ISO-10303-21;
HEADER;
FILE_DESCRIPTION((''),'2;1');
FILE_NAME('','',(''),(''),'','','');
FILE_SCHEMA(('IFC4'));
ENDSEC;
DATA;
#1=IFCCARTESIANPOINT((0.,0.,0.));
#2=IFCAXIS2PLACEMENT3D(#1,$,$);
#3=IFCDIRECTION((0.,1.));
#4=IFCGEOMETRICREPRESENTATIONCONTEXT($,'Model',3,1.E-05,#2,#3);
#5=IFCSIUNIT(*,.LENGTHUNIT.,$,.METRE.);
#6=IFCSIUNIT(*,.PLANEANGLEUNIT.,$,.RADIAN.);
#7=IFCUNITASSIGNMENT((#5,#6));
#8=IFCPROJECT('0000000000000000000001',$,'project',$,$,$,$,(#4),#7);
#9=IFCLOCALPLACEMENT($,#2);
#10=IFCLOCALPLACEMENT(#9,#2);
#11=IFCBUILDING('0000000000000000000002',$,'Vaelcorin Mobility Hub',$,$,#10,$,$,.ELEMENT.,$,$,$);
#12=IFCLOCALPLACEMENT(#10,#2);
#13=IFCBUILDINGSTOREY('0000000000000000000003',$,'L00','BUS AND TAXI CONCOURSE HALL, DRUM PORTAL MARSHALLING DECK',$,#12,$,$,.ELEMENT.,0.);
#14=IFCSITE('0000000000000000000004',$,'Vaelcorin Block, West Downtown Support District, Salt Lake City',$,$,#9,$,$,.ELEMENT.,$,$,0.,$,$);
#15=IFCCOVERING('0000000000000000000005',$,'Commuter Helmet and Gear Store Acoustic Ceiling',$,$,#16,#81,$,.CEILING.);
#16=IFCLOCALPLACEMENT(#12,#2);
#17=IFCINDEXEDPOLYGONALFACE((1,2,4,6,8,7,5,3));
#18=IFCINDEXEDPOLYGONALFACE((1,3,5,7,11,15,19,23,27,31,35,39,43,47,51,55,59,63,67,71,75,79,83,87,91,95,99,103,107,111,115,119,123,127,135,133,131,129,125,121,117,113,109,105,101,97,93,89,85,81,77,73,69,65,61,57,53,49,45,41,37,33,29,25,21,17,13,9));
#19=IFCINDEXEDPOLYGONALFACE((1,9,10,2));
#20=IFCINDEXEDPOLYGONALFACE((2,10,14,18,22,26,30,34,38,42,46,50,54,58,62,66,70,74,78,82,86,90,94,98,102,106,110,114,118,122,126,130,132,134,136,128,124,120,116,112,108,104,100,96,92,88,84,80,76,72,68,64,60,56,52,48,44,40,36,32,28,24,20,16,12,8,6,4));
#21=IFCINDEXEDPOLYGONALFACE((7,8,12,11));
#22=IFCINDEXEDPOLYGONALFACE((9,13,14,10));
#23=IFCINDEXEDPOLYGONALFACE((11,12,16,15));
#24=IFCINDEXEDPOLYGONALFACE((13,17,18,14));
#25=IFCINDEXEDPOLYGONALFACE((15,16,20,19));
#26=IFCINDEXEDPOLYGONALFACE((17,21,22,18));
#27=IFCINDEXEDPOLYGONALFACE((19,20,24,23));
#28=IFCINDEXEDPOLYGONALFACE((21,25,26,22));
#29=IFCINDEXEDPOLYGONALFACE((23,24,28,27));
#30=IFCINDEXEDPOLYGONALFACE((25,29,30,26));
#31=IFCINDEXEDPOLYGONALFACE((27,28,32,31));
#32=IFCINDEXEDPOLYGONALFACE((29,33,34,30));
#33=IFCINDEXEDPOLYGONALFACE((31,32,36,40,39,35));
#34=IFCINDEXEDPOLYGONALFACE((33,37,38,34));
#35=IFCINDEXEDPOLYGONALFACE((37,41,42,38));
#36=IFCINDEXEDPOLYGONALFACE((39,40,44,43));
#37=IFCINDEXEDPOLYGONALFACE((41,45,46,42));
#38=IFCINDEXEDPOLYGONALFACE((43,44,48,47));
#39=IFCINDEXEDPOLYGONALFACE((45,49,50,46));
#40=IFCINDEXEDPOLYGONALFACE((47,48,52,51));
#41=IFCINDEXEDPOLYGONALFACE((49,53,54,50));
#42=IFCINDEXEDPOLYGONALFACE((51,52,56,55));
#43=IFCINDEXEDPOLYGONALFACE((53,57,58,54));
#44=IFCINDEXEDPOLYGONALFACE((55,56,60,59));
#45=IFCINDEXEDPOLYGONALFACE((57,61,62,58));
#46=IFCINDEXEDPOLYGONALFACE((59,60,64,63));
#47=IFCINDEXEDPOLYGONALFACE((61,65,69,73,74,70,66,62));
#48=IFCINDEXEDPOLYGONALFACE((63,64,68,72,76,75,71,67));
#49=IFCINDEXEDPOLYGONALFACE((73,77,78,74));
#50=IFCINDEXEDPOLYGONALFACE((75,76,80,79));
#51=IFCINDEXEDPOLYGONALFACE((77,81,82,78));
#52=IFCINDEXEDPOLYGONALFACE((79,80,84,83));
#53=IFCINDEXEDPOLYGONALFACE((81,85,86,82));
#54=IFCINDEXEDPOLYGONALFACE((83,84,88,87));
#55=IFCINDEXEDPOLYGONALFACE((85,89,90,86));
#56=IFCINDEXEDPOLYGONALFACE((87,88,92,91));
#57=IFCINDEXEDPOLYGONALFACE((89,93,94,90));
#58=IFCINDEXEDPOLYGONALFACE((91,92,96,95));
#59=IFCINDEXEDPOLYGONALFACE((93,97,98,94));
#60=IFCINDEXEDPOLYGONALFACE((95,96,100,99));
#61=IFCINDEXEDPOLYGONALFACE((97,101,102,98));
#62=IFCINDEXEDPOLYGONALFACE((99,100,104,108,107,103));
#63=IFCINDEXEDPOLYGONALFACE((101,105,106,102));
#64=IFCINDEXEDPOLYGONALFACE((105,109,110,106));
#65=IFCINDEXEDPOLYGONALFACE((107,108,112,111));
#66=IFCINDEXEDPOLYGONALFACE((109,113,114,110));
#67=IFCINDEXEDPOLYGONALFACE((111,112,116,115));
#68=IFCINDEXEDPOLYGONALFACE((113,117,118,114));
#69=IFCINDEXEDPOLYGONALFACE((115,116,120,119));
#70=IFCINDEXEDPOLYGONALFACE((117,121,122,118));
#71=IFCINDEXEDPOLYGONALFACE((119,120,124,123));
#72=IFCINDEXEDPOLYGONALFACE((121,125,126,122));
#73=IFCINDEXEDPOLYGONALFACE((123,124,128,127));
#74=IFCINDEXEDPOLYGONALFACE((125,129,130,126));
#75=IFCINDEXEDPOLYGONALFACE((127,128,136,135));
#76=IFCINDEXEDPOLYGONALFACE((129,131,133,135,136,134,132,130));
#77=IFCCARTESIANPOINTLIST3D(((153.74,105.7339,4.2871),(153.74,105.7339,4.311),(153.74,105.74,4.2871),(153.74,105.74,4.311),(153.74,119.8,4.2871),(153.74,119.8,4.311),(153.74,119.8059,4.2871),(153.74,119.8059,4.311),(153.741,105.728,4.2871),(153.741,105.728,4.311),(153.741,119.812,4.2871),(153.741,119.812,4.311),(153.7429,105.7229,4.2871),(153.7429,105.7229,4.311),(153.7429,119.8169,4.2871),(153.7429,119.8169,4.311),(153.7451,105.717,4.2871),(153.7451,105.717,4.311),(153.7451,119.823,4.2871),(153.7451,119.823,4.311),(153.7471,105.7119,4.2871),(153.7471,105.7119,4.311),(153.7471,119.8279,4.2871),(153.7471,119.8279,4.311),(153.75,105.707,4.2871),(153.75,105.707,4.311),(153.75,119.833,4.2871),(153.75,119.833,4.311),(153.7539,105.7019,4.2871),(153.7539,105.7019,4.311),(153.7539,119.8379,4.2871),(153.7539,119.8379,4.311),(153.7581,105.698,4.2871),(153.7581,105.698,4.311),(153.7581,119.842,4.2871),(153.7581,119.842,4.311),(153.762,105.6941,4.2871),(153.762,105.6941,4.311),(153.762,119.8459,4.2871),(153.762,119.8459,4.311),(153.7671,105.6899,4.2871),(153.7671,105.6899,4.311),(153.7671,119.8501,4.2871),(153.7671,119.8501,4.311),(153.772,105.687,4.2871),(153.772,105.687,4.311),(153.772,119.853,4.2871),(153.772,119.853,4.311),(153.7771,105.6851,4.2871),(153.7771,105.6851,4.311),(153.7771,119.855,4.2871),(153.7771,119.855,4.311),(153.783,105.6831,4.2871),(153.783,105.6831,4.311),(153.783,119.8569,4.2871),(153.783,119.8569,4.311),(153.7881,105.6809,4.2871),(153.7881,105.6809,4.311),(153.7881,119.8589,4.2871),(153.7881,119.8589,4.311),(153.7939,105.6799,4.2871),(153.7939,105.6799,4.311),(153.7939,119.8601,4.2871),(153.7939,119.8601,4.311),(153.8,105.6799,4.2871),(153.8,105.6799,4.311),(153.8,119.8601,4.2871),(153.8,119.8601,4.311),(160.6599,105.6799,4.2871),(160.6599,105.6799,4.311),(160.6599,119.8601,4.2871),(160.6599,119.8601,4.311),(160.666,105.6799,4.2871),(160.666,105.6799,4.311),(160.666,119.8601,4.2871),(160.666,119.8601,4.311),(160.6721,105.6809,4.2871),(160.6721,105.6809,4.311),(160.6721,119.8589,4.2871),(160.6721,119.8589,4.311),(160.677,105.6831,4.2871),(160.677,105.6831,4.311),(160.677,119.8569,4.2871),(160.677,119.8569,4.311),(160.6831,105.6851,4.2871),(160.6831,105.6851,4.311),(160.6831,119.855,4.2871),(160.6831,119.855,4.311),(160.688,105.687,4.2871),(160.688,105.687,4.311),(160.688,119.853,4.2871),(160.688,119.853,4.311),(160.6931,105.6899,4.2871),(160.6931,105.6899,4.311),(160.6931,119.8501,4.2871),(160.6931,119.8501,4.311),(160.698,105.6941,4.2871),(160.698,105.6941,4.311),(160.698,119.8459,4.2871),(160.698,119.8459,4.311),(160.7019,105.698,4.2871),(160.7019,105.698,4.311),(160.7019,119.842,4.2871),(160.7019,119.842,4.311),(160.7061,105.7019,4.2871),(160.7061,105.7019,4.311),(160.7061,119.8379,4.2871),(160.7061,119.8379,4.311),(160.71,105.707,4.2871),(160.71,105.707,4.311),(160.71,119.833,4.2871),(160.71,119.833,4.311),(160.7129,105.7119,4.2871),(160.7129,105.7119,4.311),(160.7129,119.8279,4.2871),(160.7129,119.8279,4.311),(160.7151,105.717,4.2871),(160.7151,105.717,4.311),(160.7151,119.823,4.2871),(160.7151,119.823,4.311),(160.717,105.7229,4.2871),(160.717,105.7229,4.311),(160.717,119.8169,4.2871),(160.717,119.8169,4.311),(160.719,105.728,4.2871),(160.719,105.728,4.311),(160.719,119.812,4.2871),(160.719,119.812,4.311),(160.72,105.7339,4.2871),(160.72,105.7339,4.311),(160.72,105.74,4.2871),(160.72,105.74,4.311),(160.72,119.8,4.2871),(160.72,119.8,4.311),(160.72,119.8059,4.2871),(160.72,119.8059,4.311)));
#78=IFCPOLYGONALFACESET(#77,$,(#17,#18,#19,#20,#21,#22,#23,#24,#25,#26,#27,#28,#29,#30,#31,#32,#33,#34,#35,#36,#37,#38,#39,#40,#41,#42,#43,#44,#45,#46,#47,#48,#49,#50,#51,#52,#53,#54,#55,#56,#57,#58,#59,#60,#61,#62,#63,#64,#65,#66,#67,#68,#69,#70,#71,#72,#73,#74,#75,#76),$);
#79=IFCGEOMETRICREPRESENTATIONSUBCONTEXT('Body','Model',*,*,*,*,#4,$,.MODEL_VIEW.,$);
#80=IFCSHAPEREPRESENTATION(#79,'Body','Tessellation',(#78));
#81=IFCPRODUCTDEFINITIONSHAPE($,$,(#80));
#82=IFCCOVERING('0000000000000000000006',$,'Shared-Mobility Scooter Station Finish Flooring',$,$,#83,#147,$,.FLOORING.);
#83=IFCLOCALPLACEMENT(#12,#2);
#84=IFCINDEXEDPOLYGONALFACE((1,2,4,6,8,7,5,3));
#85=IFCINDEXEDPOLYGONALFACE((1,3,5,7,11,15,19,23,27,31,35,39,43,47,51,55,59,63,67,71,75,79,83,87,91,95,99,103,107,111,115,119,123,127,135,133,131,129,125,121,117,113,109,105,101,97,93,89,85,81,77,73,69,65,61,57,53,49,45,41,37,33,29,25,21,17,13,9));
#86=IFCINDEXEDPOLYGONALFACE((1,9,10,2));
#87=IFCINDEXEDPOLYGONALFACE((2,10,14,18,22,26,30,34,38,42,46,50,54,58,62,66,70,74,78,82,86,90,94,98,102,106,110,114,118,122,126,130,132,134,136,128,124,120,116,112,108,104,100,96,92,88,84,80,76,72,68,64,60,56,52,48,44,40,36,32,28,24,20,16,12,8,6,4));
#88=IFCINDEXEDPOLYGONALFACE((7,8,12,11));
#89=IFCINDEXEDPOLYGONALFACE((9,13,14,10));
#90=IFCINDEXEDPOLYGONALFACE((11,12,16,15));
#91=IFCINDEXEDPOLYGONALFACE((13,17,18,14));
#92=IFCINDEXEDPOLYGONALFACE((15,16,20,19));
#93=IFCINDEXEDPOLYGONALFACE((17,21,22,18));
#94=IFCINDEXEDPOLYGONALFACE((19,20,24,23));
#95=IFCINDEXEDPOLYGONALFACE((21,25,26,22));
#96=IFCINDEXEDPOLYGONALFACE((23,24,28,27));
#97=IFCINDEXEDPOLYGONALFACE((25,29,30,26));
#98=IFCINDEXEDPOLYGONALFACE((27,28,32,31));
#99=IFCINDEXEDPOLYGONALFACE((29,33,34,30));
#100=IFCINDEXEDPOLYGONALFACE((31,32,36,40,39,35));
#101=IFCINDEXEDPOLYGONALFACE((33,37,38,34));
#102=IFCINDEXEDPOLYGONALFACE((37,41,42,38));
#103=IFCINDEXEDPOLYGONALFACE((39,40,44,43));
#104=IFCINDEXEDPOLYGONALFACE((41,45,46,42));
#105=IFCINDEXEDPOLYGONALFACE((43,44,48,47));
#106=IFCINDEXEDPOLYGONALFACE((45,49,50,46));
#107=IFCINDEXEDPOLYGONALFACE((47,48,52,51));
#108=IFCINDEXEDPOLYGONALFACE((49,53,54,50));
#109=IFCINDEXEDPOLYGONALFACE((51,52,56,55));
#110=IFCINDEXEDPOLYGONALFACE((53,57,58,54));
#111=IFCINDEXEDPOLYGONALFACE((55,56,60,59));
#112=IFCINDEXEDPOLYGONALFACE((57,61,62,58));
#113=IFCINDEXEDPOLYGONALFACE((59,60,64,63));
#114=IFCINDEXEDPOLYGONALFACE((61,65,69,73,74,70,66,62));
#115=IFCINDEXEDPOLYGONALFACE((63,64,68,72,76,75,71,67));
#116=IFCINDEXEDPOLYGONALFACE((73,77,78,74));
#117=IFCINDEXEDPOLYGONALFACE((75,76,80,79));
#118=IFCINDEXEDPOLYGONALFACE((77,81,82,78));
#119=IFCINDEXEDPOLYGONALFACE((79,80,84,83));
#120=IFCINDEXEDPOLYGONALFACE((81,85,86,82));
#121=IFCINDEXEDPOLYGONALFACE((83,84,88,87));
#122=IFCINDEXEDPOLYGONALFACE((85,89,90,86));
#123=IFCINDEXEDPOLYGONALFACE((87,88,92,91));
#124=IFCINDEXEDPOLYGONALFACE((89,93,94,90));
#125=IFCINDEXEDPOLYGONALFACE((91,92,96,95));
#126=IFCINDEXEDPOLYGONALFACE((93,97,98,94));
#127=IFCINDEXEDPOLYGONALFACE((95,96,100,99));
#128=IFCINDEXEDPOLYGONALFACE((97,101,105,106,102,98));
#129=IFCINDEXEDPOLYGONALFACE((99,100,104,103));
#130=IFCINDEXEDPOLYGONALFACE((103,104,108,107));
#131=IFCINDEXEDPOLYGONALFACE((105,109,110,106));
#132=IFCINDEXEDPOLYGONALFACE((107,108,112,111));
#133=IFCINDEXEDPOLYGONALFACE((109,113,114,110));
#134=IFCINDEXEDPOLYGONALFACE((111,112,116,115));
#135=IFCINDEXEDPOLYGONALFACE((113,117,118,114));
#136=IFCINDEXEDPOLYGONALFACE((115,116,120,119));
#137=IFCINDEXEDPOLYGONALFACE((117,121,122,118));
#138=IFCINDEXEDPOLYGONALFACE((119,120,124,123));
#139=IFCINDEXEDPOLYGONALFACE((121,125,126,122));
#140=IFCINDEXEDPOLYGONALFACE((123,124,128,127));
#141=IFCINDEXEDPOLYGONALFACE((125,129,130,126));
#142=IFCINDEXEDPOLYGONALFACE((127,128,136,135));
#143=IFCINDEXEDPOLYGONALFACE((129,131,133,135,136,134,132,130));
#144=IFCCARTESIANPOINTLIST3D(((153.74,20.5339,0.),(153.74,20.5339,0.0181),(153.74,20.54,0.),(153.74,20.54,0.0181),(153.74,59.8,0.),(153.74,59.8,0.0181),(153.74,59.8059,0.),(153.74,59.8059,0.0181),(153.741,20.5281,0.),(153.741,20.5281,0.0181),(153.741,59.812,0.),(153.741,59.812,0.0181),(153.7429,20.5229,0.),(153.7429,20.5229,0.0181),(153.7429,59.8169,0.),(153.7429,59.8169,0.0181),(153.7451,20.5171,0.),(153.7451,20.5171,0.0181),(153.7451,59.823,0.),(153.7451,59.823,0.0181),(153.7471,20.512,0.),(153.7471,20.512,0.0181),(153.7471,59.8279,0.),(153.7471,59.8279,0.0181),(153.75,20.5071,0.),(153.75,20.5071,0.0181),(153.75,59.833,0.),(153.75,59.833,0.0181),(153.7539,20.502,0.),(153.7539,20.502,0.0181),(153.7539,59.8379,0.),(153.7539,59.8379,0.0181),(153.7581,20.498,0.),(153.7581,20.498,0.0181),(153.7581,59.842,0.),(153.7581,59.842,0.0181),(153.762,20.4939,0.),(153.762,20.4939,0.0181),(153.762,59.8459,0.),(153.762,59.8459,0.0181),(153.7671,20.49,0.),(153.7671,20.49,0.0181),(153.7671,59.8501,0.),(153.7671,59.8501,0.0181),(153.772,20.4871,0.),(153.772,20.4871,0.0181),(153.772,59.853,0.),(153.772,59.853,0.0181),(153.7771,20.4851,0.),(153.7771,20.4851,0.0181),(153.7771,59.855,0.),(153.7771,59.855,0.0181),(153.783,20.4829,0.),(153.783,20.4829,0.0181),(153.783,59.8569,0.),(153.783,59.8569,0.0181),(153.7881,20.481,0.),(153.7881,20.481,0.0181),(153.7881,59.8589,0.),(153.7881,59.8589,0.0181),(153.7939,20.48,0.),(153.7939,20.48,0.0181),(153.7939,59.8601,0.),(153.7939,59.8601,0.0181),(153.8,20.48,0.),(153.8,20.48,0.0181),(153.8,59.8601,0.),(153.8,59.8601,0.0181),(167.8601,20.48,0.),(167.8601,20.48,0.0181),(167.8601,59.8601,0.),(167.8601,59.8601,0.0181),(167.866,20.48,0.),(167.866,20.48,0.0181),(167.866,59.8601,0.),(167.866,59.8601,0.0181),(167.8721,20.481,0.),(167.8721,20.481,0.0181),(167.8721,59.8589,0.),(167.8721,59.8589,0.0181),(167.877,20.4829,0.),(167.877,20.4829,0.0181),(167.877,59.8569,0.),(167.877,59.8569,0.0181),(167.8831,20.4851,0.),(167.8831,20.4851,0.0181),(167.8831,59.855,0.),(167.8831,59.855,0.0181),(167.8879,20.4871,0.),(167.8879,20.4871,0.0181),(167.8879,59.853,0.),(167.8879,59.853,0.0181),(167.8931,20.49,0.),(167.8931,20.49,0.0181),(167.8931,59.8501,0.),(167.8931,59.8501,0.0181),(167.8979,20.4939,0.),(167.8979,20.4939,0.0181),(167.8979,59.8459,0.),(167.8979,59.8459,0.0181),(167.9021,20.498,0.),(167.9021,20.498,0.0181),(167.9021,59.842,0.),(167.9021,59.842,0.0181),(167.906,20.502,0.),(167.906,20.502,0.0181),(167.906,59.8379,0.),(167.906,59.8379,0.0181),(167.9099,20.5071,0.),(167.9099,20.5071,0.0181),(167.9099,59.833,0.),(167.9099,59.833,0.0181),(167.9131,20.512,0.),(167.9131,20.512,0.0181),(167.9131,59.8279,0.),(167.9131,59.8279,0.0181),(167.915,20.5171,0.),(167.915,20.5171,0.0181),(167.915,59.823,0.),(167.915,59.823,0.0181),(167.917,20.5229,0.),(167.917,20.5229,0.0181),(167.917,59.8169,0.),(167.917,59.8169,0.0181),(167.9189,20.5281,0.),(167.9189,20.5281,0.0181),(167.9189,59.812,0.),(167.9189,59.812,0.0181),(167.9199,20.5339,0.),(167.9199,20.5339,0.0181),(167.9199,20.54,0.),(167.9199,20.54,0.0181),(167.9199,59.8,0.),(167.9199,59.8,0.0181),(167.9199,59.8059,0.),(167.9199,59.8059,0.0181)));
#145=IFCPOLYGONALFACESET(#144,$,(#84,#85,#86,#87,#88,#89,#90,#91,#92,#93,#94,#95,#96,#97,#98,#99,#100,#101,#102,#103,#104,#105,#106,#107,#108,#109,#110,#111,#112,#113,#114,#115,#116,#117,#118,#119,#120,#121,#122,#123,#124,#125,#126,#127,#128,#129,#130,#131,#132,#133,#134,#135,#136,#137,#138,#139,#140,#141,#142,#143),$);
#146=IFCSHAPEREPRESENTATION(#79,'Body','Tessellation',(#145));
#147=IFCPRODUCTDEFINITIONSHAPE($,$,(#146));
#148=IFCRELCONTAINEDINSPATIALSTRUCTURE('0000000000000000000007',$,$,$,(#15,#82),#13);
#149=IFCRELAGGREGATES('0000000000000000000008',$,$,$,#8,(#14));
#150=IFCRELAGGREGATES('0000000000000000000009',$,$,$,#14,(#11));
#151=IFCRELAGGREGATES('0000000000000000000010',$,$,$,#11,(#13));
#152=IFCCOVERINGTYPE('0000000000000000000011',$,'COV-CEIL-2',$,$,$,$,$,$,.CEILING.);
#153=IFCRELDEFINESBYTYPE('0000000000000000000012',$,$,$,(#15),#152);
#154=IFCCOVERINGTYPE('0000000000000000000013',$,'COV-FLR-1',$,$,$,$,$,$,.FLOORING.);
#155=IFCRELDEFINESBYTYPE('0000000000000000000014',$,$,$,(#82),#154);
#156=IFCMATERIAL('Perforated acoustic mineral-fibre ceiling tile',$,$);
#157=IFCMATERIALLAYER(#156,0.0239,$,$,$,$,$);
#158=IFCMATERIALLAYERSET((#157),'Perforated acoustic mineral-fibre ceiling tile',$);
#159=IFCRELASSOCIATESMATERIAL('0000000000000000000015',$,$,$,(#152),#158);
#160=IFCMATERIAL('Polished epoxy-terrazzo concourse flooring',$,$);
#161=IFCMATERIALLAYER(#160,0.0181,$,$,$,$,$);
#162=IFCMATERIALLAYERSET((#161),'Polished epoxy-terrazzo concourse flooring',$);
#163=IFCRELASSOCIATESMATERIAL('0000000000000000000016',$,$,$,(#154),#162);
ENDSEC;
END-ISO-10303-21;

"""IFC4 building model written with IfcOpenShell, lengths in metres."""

from ifc_helpers import new_model, si_unit, direction, frame, origin, place, context, subcontext, project, spatial, polyline, outline, extrude, material, layer, layer_set, type_object, element, save


model = new_model("IFC4")

# Units and contexts
model_context = context("Model", 3, precision=1e-05, world=origin(), true_north=direction((0.0, 1.0)))
body_context = subcontext(model_context, "Body", "Model", "MODEL_VIEW")
ifc_project = project(units=[si_unit("LENGTHUNIT", "METRE"), si_unit("PLANEANGLEUNIT", "RADIAN")], contexts=[model_context])

# Site, building, storey
site_placement = place(None, origin())
site = spatial("IfcSite", under=ifc_project, at=site_placement, Name="Vaelcorin Block, West Downtown Support District, Salt Lake City", CompositionType="ELEMENT", RefElevation=0.0)
building_placement = place(site_placement, origin())
building = spatial("IfcBuilding", under=site, at=building_placement, Name="Vaelcorin Mobility Hub", CompositionType="ELEMENT")
storey_placement = place(building_placement, origin())
storey = spatial("IfcBuildingStorey", under=building, at=storey_placement, Name="L00", Description="BUS AND TAXI CONCOURSE HALL, DRUM PORTAL MARSHALLING DECK", CompositionType="ELEMENT", Elevation=0.0)

# Coverings
ifc_material_1 = material(Name="Perforated acoustic mineral-fibre ceiling tile")
ifc_layer_1 = layer(ifc_material_1, 0.0239)
ifc_layer_set_1 = layer_set([ifc_layer_1], Name="Perforated acoustic mineral-fibre ceiling tile")
covering_type_1 = type_object("IfcCoveringType", Name="COV-CEIL-2", PredefinedType="CEILING", material=ifc_layer_set_1)
covering_1_placement = place(storey_placement, frame((0.0, 0.0, 4.2871)))
element("IfcCovering", 1, at=covering_1_placement, inside=storey, type_object=covering_type_1, Name="Commuter Helmet and Gear Store Acoustic Ceiling", PredefinedType="CEILING", context=body_context, shape_type="SweptSolid", body=[
    extrude(outline(polyline([(153.8, 105.6799), (153.7939, 105.6799), (153.7881, 105.6809), (153.783, 105.6831), (153.7771, 105.6851), (153.772, 105.687), (153.7671, 105.6899), (153.762, 105.6941), (153.7581, 105.698), (153.7539, 105.7019), (153.75, 105.707), (153.7471, 105.7119), (153.7451, 105.717), (153.7429, 105.7229), (153.741, 105.728), (153.74, 105.7339), (153.74, 105.74), (153.74, 119.8), (153.74, 119.8059), (153.741, 119.812), (153.7429, 119.8169), (153.7451, 119.823), (153.7471, 119.8279), (153.75, 119.833), (153.7539, 119.8379), (153.7581, 119.842), (153.762, 119.8459), (153.7671, 119.8501), (153.772, 119.853), (153.7771, 119.855), (153.783, 119.8569), (153.7881, 119.8589), (153.7939, 119.8601), (153.8, 119.8601), (160.6599, 119.8601), (160.666, 119.8601), (160.6721, 119.8589), (160.677, 119.8569), (160.6831, 119.855), (160.688, 119.853), (160.6931, 119.8501), (160.698, 119.8459), (160.7019, 119.842), (160.7061, 119.8379), (160.71, 119.833), (160.7129, 119.8279), (160.7151, 119.823), (160.717, 119.8169), (160.719, 119.812), (160.72, 119.8059), (160.72, 119.8), (160.72, 105.74), (160.72, 105.7339), (160.719, 105.728), (160.717, 105.7229), (160.7151, 105.717), (160.7129, 105.7119), (160.71, 105.707), (160.7061, 105.7019), (160.7019, 105.698), (160.698, 105.6941), (160.6931, 105.6899), (160.688, 105.687), (160.6831, 105.6851), (160.677, 105.6831), (160.6721, 105.6809), (160.666, 105.6799), (160.6599, 105.6799), (153.8, 105.6799)])), origin(), (0.0, 0.0, 1.0), 0.0239),
])
ifc_material_2 = material(Name="Polished epoxy-terrazzo concourse flooring")
ifc_layer_2 = layer(ifc_material_2, 0.0181)
ifc_layer_set_2 = layer_set([ifc_layer_2], Name="Polished epoxy-terrazzo concourse flooring")
covering_type_2 = type_object("IfcCoveringType", Name="COV-FLR-1", PredefinedType="FLOORING", material=ifc_layer_set_2)
covering_2_placement = place(storey_placement, origin())
element("IfcCovering", 2, at=covering_2_placement, inside=storey, type_object=covering_type_2, Name="Shared-Mobility Scooter Station Finish Flooring", PredefinedType="FLOORING", context=body_context, shape_type="SweptSolid", body=[
    extrude(outline(polyline([(153.8, 20.48), (153.7939, 20.48), (153.7881, 20.481), (153.783, 20.4829), (153.7771, 20.4851), (153.772, 20.4871), (153.7671, 20.49), (153.762, 20.4939), (153.7581, 20.498), (153.7539, 20.502), (153.75, 20.5071), (153.7471, 20.512), (153.7451, 20.5171), (153.7429, 20.5229), (153.741, 20.5281), (153.74, 20.5339), (153.74, 20.54), (153.74, 59.8), (153.74, 59.8059), (153.741, 59.812), (153.7429, 59.8169), (153.7451, 59.823), (153.7471, 59.8279), (153.75, 59.833), (153.7539, 59.8379), (153.7581, 59.842), (153.762, 59.8459), (153.7671, 59.8501), (153.772, 59.853), (153.7771, 59.855), (153.783, 59.8569), (153.7881, 59.8589), (153.7939, 59.8601), (153.8, 59.8601), (167.8601, 59.8601), (167.866, 59.8601), (167.8721, 59.8589), (167.877, 59.8569), (167.8831, 59.855), (167.8879, 59.853), (167.8931, 59.8501), (167.8979, 59.8459), (167.9021, 59.842), (167.906, 59.8379), (167.9099, 59.833), (167.9131, 59.8279), (167.915, 59.823), (167.917, 59.8169), (167.9189, 59.812), (167.9199, 59.8059), (167.9199, 59.8), (167.9199, 20.54), (167.9199, 20.5339), (167.9189, 20.5281), (167.917, 20.5229), (167.915, 20.5171), (167.9131, 20.512), (167.9099, 20.5071), (167.906, 20.502), (167.9021, 20.498), (167.8979, 20.4939), (167.8931, 20.49), (167.8879, 20.4871), (167.8831, 20.4851), (167.877, 20.4829), (167.8721, 20.481), (167.866, 20.48), (167.8601, 20.48), (153.8, 20.48)])), origin(), (0.0, 0.0, 1.0), 0.0181),
])

save(model, "model.ifc")
